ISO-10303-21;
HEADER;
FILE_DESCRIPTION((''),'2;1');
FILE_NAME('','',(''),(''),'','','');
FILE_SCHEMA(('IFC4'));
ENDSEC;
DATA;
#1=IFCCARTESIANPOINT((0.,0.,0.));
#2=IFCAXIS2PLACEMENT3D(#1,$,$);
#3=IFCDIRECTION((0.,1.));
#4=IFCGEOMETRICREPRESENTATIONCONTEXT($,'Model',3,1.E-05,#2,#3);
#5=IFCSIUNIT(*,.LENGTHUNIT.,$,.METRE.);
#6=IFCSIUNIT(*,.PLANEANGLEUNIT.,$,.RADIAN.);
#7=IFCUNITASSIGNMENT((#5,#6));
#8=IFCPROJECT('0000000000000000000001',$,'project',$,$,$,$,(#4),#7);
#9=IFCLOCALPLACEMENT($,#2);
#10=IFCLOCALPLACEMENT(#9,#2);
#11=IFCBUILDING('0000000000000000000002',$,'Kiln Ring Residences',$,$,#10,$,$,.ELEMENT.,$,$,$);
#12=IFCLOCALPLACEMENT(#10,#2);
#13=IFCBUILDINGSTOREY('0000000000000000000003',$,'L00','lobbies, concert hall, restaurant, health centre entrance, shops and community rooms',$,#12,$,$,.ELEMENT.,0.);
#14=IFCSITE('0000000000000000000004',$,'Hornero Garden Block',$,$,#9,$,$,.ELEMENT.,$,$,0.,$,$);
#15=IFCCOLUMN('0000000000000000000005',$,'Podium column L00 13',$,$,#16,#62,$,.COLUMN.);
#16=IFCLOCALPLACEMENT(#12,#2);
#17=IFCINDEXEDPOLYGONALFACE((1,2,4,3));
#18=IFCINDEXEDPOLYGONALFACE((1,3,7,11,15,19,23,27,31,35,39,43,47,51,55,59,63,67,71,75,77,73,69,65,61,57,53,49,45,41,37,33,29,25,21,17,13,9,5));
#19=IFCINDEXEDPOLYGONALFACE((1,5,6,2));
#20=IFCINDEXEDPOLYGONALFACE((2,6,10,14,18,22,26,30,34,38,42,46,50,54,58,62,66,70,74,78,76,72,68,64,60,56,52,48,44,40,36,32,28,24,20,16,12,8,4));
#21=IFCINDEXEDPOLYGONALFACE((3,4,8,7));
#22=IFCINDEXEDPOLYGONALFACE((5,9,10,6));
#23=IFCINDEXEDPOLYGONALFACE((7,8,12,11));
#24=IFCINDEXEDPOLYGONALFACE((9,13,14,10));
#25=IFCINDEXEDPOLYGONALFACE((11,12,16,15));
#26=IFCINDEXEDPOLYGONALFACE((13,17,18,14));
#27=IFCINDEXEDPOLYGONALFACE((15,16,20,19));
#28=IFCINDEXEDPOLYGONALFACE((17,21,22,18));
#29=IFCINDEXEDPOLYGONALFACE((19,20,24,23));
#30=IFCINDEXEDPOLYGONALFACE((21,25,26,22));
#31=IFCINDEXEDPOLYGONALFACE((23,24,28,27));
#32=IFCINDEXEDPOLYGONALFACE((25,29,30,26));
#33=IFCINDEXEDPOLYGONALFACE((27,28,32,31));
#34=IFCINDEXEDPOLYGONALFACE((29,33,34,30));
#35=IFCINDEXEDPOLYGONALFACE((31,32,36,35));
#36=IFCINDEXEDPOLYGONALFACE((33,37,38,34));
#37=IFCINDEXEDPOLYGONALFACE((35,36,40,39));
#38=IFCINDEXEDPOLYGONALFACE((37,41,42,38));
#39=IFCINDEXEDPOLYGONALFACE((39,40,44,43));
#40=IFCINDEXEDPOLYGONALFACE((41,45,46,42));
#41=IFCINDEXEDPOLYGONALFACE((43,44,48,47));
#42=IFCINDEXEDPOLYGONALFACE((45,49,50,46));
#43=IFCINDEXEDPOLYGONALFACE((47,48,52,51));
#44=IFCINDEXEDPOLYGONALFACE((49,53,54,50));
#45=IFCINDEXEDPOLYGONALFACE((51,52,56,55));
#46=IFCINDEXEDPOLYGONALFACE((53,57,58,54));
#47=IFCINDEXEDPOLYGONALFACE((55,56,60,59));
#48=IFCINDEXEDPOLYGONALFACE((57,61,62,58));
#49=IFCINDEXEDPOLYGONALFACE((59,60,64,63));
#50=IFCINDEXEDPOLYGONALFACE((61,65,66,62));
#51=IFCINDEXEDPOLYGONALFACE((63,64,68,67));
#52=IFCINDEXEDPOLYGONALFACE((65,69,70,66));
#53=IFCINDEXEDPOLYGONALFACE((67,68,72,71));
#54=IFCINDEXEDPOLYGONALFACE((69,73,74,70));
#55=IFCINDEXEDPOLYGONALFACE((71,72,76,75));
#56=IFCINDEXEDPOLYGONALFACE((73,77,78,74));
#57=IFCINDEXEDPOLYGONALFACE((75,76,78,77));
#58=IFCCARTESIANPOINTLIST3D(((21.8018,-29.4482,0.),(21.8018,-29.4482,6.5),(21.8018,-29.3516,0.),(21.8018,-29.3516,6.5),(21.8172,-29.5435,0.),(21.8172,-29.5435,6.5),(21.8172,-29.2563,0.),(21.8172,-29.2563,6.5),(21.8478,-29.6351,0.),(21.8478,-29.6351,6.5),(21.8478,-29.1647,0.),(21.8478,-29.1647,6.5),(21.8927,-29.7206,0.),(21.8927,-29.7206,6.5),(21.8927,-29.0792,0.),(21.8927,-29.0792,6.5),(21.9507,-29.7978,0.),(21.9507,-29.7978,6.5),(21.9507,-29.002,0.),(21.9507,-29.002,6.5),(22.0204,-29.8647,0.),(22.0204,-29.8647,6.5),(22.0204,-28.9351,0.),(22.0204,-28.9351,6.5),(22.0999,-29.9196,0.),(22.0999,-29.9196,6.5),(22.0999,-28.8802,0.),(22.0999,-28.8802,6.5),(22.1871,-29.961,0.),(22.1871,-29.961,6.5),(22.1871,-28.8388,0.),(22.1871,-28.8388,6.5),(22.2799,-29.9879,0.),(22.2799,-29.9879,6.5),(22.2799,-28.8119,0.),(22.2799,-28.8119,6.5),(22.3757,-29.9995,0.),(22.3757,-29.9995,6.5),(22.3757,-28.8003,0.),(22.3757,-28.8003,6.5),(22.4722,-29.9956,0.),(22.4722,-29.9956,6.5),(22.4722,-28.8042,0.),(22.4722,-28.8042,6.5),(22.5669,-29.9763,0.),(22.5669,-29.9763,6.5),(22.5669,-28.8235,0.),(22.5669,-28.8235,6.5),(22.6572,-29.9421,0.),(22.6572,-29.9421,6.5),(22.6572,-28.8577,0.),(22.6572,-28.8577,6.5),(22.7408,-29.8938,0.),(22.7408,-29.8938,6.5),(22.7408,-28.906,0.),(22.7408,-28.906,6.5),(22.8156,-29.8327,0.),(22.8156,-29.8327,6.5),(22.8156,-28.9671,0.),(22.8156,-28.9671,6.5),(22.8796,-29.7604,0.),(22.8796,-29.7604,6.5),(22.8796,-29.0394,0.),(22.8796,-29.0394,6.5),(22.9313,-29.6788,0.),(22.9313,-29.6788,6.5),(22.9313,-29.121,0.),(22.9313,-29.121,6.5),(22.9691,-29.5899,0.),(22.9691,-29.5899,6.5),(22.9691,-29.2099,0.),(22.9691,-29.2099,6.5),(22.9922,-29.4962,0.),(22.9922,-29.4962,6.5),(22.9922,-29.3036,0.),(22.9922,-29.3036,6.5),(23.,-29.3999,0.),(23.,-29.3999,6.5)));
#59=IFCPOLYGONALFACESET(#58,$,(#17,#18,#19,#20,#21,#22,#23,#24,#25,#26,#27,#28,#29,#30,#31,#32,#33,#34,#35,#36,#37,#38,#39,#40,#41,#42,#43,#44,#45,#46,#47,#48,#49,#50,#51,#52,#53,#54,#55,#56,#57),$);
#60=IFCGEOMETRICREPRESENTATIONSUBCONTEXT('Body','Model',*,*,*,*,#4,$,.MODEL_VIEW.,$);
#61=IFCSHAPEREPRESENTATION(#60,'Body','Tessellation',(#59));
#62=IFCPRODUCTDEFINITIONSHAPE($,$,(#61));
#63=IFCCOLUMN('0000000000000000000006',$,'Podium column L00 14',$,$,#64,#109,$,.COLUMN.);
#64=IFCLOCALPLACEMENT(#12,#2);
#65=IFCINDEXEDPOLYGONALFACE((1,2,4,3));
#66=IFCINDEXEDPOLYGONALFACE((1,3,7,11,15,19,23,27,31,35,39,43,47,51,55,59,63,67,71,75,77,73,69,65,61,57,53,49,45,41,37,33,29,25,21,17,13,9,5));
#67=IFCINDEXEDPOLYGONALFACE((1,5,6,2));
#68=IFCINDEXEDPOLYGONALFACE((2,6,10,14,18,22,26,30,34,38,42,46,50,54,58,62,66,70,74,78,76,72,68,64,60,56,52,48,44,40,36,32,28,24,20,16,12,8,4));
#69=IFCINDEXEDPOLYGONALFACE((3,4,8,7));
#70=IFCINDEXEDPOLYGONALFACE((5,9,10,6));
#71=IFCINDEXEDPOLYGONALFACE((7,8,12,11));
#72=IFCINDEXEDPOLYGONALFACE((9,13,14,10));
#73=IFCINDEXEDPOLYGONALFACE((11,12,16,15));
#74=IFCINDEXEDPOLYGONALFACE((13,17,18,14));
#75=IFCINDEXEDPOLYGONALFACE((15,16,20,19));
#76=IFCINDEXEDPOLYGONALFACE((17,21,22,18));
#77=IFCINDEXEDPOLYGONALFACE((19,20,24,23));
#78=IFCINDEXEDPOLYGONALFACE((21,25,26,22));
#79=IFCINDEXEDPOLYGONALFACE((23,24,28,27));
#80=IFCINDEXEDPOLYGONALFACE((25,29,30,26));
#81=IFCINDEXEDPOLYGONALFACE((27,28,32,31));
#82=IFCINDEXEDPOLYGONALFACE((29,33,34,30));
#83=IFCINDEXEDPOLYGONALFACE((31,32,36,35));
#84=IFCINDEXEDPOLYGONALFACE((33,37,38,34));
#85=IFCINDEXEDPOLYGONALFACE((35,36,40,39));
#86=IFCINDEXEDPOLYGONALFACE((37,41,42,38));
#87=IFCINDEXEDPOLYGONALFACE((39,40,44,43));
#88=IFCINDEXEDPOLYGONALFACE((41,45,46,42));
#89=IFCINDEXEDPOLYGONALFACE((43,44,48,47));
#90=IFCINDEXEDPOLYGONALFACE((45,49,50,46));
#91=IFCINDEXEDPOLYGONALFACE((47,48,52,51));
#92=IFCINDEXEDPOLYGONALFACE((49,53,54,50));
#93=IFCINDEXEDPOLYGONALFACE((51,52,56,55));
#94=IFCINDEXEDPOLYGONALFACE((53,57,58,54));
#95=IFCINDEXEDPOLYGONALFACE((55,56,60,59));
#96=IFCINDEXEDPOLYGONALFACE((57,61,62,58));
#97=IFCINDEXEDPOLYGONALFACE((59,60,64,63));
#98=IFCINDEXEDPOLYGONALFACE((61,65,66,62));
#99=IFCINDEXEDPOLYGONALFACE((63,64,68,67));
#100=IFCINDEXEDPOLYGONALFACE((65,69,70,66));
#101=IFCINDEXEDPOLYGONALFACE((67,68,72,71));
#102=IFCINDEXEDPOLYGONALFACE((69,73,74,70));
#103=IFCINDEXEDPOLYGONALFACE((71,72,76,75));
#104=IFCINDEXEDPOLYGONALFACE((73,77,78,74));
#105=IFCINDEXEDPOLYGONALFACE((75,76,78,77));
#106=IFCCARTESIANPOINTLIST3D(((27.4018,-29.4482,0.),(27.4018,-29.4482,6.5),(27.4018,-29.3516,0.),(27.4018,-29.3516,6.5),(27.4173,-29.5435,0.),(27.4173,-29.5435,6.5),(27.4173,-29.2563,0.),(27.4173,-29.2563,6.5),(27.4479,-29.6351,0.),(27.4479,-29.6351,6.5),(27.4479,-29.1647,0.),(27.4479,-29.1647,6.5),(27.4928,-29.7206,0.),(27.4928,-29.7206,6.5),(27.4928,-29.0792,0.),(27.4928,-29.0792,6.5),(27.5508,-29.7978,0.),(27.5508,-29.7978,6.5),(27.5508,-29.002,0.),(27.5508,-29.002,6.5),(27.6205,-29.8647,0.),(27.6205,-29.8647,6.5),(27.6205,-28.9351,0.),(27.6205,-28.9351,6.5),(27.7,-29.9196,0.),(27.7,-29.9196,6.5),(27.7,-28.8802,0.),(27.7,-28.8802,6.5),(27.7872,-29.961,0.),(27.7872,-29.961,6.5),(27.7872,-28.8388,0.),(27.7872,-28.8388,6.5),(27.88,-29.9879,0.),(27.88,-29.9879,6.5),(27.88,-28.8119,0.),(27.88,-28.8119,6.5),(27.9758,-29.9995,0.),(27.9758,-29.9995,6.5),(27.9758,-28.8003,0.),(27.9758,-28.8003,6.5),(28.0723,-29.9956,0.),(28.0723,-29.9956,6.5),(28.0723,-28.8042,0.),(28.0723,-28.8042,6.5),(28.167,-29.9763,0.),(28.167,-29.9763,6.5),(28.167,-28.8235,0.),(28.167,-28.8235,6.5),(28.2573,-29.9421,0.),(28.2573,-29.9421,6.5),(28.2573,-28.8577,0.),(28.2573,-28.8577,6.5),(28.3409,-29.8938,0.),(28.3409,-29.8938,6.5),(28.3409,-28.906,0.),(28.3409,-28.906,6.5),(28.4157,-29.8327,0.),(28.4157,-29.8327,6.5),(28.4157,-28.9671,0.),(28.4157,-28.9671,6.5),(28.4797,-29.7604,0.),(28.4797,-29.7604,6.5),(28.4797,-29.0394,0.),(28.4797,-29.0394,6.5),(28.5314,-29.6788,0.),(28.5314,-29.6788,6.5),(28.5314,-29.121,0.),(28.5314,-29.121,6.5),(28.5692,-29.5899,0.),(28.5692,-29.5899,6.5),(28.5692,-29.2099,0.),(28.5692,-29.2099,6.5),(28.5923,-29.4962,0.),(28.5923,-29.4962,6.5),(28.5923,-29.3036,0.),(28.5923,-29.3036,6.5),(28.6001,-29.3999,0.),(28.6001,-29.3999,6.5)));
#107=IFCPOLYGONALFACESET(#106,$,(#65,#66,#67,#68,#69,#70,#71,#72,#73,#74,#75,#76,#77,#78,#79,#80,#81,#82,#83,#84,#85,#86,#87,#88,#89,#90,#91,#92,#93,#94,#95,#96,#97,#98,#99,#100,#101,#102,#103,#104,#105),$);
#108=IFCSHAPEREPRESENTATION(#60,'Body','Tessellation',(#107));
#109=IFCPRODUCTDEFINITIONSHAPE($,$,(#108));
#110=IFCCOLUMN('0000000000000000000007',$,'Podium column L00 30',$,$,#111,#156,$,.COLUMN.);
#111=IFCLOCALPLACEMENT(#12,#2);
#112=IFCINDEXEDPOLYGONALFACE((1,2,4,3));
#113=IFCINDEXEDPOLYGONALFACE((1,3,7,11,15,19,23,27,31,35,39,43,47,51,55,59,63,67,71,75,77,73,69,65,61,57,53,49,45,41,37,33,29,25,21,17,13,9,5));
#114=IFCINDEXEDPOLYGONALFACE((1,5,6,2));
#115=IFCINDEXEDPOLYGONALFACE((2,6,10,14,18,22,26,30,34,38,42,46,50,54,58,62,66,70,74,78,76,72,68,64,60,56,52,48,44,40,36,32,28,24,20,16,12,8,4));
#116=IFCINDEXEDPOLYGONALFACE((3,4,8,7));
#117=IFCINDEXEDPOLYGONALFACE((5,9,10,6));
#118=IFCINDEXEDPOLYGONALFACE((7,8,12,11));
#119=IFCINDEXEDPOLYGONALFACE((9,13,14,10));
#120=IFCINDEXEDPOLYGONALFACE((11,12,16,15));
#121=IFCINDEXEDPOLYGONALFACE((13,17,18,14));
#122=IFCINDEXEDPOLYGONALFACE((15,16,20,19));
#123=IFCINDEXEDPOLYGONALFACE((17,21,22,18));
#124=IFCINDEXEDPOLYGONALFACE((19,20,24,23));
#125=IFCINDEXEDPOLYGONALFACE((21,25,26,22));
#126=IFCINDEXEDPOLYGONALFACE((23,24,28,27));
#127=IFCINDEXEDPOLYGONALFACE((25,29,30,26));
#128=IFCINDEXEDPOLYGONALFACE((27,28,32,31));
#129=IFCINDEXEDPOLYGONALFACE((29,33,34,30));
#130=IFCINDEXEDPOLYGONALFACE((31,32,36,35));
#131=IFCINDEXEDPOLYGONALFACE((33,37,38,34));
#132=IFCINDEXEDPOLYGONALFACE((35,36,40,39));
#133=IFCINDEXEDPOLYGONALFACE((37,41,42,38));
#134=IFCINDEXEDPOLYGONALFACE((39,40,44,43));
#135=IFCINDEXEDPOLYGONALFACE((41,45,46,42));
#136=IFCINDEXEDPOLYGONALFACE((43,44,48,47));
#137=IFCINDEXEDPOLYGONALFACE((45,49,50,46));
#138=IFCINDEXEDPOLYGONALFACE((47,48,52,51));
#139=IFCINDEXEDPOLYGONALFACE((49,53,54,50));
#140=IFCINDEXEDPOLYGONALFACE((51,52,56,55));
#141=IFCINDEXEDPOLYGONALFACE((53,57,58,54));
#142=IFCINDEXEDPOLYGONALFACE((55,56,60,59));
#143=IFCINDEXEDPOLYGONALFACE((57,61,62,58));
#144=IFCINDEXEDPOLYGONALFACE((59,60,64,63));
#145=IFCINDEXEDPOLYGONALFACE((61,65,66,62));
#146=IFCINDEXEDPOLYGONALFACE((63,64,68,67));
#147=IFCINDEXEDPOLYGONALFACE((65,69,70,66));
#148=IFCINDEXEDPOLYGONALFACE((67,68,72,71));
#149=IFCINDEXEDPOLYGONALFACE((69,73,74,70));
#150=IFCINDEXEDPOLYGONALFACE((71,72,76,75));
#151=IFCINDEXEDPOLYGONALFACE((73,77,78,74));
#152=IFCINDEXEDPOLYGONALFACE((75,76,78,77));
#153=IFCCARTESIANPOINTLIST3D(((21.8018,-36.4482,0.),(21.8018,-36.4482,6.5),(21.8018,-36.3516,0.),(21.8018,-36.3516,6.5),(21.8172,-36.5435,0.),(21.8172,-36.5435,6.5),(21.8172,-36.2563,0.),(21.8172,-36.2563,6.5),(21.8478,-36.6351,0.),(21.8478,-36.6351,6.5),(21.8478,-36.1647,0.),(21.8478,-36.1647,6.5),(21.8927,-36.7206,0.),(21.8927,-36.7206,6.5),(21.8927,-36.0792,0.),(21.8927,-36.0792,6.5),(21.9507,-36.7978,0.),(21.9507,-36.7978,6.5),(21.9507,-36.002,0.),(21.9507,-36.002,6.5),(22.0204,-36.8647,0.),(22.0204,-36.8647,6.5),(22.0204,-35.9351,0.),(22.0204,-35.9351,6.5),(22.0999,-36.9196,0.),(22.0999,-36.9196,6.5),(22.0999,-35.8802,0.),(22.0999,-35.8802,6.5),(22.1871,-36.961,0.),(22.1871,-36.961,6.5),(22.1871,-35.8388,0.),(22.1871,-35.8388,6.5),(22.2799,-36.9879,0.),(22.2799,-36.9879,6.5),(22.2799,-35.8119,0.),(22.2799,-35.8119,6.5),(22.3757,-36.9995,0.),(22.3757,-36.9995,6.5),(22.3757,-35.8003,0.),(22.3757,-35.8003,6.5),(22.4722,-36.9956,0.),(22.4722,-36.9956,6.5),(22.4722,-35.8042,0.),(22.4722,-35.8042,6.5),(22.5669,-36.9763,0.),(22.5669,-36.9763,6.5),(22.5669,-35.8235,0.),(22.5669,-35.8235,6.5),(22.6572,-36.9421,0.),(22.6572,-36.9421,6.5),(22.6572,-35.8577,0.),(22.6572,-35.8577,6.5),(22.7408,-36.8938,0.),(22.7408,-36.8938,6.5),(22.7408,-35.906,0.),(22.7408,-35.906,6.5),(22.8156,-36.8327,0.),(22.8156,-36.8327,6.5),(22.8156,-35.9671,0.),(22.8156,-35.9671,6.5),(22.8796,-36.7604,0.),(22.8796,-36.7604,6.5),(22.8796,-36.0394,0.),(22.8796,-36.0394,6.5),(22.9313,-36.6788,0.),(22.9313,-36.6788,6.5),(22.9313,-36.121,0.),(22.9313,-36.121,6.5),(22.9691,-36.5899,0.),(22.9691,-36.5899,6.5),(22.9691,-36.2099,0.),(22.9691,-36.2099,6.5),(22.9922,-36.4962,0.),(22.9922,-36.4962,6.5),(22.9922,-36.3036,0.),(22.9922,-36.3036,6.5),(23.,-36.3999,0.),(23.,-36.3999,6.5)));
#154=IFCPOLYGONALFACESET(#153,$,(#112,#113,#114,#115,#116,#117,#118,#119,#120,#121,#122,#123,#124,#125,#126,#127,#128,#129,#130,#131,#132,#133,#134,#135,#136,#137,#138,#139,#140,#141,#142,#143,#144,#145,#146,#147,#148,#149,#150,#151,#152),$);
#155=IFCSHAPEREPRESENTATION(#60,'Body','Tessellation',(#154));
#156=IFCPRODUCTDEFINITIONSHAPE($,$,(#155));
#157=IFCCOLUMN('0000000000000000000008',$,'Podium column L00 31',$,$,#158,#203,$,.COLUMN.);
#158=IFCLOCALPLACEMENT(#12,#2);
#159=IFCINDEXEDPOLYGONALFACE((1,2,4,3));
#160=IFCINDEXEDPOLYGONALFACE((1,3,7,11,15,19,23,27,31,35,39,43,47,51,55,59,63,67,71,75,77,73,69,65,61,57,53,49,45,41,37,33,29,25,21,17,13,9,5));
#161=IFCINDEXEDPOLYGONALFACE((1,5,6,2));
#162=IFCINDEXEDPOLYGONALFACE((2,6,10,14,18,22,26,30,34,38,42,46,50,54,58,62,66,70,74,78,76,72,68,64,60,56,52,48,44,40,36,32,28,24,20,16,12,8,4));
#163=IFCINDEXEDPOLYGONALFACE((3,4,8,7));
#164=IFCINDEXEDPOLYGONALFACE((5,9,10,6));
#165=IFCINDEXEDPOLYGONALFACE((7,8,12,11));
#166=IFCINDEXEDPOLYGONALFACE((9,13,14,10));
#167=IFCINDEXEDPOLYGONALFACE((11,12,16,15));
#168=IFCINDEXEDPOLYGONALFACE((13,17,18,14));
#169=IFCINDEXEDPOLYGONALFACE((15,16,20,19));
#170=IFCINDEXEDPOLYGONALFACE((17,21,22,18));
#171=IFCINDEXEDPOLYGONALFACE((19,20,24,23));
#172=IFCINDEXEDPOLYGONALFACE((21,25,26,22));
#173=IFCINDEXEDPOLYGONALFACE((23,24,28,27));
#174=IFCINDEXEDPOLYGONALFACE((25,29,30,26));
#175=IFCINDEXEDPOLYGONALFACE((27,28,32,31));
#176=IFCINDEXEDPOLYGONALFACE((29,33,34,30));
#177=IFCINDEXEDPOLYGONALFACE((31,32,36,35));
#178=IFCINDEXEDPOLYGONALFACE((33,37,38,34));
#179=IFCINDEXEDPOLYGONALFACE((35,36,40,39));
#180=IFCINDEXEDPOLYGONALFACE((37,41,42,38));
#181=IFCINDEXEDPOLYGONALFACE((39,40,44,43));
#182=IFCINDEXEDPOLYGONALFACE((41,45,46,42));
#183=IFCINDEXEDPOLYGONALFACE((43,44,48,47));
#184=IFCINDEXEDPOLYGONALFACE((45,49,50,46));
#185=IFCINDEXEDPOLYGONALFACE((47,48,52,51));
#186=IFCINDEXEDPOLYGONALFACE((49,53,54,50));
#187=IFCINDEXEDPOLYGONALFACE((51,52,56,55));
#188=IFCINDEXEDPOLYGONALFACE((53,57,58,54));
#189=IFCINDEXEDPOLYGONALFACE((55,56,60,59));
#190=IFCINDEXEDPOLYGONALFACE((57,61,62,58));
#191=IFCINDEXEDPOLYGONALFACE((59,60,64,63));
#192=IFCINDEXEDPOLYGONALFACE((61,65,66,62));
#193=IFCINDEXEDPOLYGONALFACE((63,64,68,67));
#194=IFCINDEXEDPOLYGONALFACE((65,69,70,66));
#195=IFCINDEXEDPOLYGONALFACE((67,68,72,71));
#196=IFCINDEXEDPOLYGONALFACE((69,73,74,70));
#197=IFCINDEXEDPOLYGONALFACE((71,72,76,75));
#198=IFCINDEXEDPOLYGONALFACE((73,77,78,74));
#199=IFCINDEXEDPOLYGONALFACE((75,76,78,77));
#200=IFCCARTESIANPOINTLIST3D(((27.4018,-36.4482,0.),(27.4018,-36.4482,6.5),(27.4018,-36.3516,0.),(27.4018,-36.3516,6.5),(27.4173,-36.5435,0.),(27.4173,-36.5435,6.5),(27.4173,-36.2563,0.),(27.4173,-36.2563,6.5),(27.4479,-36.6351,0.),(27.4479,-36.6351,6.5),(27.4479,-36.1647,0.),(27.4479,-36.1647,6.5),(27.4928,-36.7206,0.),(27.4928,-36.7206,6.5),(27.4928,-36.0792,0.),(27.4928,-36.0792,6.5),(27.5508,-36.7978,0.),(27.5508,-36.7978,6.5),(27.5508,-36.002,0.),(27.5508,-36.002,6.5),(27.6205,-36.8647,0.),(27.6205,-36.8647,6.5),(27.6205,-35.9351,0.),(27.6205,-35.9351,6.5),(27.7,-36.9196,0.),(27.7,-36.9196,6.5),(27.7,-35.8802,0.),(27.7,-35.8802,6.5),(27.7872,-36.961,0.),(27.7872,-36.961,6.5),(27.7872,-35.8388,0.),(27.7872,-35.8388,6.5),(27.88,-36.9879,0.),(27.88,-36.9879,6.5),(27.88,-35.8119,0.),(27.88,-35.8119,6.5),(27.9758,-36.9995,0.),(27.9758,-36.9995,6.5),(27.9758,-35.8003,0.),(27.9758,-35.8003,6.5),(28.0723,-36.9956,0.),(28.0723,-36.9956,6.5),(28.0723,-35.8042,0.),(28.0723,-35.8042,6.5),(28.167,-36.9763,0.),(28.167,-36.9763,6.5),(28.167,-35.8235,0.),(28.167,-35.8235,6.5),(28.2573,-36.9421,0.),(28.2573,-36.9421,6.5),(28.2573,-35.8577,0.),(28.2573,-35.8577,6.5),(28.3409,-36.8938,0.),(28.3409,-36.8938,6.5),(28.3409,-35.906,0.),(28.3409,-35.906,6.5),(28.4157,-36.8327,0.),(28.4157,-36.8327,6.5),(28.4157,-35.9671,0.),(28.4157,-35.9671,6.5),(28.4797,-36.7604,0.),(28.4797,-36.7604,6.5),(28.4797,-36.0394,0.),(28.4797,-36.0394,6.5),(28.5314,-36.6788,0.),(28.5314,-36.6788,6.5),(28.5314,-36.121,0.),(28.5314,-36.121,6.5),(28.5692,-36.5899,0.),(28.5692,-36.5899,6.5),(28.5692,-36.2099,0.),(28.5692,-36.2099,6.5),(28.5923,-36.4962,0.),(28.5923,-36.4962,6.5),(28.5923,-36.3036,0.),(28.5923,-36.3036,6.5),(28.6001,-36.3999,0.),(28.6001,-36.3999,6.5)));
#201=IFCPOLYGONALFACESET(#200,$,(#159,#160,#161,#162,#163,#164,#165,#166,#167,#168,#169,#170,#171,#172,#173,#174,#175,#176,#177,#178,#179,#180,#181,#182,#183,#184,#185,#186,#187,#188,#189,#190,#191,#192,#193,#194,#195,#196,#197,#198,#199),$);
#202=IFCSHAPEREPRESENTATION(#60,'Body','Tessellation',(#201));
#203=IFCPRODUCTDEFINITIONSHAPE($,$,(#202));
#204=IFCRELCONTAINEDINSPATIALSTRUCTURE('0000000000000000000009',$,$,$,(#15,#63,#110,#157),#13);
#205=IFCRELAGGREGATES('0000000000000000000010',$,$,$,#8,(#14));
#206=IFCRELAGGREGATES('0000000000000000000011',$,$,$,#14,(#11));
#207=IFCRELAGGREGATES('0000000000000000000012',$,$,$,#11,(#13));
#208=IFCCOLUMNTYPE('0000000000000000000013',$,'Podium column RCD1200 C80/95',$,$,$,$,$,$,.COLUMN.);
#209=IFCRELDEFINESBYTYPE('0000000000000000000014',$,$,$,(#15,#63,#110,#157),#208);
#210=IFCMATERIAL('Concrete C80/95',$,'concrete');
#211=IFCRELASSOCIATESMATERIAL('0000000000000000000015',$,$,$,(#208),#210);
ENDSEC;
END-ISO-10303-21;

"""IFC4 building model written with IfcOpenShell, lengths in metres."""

from ifc_helpers import new_model, si_unit, direction, frame, origin, origin_2d, place, context, subcontext, project, spatial, circle, extrude, material, material_profile, profile_set, type_object, element, save


model = new_model("IFC4")

# Units and contexts
model_context = context("Model", 3, precision=1e-05, world=origin(), true_north=direction((0.0, 1.0)))
body_context = subcontext(model_context, "Body", "Model", "MODEL_VIEW")
ifc_project = project(units=[si_unit("LENGTHUNIT", "METRE"), si_unit("PLANEANGLEUNIT", "RADIAN")], contexts=[model_context])

# Site, building, storey
site_placement = place(None, origin())
site = spatial("IfcSite", under=ifc_project, at=site_placement, Name="Hornero Garden Block", CompositionType="ELEMENT", RefElevation=0.0)
building_placement = place(site_placement, origin())
building = spatial("IfcBuilding", under=site, at=building_placement, Name="Kiln Ring Residences", CompositionType="ELEMENT")
storey_placement = place(building_placement, origin())
storey = spatial("IfcBuildingStorey", under=building, at=storey_placement, Name="L00", Description="lobbies, concert hall, restaurant, health centre entrance, shops and community rooms", CompositionType="ELEMENT", Elevation=0.0)

# Columns
ifc_material_1 = material(Name="Concrete C80/95", Category="concrete")
ifc_material_profile_1 = material_profile(ifc_material_1, circle(Radius=0.6001, at=origin_2d()), Name="RCD1200")
ifc_profile_set_1 = profile_set([ifc_material_profile_1], Name="Concrete C80/95")
column_type = type_object("IfcColumnType", Name="Podium column RCD1200 C80/95", PredefinedType="COLUMN", material=ifc_profile_set_1)
for number, where, z_axis, x_axis, name in (
    (1, (22.3999, -29.3999, 0.0), (0.0, 0.0, 1.0), (1.0, 0.0, 0.0), "Podium column L00 13"),
    (2, (28.0, -29.3999, 0.0), (0.0, 0.0, 1.0), (1.0, 0.0, 0.0), "Podium column L00 14"),
    (3, (22.3999, -36.3999, 0.0), (0.0, 0.0, 1.0), (1.0, 0.0, 0.0), "Podium column L00 30"),
    (4, (28.0, -36.3999, 0.0), (0.0, 0.0, 1.0), (1.0, 0.0, 0.0), "Podium column L00 31"),
):
    element("IfcColumn", number, at=place(storey_placement, frame(where, z_axis=z_axis, x_axis=x_axis)), inside=storey, type_object=column_type, Name=name, PredefinedType="COLUMN", context=body_context, shape_type="SweptSolid", body=[
        extrude(circle(Radius=0.6001, at=origin_2d()), origin(), (0.0, 0.0, 1.0), 6.5),
    ])

save(model, "model.ifc")
